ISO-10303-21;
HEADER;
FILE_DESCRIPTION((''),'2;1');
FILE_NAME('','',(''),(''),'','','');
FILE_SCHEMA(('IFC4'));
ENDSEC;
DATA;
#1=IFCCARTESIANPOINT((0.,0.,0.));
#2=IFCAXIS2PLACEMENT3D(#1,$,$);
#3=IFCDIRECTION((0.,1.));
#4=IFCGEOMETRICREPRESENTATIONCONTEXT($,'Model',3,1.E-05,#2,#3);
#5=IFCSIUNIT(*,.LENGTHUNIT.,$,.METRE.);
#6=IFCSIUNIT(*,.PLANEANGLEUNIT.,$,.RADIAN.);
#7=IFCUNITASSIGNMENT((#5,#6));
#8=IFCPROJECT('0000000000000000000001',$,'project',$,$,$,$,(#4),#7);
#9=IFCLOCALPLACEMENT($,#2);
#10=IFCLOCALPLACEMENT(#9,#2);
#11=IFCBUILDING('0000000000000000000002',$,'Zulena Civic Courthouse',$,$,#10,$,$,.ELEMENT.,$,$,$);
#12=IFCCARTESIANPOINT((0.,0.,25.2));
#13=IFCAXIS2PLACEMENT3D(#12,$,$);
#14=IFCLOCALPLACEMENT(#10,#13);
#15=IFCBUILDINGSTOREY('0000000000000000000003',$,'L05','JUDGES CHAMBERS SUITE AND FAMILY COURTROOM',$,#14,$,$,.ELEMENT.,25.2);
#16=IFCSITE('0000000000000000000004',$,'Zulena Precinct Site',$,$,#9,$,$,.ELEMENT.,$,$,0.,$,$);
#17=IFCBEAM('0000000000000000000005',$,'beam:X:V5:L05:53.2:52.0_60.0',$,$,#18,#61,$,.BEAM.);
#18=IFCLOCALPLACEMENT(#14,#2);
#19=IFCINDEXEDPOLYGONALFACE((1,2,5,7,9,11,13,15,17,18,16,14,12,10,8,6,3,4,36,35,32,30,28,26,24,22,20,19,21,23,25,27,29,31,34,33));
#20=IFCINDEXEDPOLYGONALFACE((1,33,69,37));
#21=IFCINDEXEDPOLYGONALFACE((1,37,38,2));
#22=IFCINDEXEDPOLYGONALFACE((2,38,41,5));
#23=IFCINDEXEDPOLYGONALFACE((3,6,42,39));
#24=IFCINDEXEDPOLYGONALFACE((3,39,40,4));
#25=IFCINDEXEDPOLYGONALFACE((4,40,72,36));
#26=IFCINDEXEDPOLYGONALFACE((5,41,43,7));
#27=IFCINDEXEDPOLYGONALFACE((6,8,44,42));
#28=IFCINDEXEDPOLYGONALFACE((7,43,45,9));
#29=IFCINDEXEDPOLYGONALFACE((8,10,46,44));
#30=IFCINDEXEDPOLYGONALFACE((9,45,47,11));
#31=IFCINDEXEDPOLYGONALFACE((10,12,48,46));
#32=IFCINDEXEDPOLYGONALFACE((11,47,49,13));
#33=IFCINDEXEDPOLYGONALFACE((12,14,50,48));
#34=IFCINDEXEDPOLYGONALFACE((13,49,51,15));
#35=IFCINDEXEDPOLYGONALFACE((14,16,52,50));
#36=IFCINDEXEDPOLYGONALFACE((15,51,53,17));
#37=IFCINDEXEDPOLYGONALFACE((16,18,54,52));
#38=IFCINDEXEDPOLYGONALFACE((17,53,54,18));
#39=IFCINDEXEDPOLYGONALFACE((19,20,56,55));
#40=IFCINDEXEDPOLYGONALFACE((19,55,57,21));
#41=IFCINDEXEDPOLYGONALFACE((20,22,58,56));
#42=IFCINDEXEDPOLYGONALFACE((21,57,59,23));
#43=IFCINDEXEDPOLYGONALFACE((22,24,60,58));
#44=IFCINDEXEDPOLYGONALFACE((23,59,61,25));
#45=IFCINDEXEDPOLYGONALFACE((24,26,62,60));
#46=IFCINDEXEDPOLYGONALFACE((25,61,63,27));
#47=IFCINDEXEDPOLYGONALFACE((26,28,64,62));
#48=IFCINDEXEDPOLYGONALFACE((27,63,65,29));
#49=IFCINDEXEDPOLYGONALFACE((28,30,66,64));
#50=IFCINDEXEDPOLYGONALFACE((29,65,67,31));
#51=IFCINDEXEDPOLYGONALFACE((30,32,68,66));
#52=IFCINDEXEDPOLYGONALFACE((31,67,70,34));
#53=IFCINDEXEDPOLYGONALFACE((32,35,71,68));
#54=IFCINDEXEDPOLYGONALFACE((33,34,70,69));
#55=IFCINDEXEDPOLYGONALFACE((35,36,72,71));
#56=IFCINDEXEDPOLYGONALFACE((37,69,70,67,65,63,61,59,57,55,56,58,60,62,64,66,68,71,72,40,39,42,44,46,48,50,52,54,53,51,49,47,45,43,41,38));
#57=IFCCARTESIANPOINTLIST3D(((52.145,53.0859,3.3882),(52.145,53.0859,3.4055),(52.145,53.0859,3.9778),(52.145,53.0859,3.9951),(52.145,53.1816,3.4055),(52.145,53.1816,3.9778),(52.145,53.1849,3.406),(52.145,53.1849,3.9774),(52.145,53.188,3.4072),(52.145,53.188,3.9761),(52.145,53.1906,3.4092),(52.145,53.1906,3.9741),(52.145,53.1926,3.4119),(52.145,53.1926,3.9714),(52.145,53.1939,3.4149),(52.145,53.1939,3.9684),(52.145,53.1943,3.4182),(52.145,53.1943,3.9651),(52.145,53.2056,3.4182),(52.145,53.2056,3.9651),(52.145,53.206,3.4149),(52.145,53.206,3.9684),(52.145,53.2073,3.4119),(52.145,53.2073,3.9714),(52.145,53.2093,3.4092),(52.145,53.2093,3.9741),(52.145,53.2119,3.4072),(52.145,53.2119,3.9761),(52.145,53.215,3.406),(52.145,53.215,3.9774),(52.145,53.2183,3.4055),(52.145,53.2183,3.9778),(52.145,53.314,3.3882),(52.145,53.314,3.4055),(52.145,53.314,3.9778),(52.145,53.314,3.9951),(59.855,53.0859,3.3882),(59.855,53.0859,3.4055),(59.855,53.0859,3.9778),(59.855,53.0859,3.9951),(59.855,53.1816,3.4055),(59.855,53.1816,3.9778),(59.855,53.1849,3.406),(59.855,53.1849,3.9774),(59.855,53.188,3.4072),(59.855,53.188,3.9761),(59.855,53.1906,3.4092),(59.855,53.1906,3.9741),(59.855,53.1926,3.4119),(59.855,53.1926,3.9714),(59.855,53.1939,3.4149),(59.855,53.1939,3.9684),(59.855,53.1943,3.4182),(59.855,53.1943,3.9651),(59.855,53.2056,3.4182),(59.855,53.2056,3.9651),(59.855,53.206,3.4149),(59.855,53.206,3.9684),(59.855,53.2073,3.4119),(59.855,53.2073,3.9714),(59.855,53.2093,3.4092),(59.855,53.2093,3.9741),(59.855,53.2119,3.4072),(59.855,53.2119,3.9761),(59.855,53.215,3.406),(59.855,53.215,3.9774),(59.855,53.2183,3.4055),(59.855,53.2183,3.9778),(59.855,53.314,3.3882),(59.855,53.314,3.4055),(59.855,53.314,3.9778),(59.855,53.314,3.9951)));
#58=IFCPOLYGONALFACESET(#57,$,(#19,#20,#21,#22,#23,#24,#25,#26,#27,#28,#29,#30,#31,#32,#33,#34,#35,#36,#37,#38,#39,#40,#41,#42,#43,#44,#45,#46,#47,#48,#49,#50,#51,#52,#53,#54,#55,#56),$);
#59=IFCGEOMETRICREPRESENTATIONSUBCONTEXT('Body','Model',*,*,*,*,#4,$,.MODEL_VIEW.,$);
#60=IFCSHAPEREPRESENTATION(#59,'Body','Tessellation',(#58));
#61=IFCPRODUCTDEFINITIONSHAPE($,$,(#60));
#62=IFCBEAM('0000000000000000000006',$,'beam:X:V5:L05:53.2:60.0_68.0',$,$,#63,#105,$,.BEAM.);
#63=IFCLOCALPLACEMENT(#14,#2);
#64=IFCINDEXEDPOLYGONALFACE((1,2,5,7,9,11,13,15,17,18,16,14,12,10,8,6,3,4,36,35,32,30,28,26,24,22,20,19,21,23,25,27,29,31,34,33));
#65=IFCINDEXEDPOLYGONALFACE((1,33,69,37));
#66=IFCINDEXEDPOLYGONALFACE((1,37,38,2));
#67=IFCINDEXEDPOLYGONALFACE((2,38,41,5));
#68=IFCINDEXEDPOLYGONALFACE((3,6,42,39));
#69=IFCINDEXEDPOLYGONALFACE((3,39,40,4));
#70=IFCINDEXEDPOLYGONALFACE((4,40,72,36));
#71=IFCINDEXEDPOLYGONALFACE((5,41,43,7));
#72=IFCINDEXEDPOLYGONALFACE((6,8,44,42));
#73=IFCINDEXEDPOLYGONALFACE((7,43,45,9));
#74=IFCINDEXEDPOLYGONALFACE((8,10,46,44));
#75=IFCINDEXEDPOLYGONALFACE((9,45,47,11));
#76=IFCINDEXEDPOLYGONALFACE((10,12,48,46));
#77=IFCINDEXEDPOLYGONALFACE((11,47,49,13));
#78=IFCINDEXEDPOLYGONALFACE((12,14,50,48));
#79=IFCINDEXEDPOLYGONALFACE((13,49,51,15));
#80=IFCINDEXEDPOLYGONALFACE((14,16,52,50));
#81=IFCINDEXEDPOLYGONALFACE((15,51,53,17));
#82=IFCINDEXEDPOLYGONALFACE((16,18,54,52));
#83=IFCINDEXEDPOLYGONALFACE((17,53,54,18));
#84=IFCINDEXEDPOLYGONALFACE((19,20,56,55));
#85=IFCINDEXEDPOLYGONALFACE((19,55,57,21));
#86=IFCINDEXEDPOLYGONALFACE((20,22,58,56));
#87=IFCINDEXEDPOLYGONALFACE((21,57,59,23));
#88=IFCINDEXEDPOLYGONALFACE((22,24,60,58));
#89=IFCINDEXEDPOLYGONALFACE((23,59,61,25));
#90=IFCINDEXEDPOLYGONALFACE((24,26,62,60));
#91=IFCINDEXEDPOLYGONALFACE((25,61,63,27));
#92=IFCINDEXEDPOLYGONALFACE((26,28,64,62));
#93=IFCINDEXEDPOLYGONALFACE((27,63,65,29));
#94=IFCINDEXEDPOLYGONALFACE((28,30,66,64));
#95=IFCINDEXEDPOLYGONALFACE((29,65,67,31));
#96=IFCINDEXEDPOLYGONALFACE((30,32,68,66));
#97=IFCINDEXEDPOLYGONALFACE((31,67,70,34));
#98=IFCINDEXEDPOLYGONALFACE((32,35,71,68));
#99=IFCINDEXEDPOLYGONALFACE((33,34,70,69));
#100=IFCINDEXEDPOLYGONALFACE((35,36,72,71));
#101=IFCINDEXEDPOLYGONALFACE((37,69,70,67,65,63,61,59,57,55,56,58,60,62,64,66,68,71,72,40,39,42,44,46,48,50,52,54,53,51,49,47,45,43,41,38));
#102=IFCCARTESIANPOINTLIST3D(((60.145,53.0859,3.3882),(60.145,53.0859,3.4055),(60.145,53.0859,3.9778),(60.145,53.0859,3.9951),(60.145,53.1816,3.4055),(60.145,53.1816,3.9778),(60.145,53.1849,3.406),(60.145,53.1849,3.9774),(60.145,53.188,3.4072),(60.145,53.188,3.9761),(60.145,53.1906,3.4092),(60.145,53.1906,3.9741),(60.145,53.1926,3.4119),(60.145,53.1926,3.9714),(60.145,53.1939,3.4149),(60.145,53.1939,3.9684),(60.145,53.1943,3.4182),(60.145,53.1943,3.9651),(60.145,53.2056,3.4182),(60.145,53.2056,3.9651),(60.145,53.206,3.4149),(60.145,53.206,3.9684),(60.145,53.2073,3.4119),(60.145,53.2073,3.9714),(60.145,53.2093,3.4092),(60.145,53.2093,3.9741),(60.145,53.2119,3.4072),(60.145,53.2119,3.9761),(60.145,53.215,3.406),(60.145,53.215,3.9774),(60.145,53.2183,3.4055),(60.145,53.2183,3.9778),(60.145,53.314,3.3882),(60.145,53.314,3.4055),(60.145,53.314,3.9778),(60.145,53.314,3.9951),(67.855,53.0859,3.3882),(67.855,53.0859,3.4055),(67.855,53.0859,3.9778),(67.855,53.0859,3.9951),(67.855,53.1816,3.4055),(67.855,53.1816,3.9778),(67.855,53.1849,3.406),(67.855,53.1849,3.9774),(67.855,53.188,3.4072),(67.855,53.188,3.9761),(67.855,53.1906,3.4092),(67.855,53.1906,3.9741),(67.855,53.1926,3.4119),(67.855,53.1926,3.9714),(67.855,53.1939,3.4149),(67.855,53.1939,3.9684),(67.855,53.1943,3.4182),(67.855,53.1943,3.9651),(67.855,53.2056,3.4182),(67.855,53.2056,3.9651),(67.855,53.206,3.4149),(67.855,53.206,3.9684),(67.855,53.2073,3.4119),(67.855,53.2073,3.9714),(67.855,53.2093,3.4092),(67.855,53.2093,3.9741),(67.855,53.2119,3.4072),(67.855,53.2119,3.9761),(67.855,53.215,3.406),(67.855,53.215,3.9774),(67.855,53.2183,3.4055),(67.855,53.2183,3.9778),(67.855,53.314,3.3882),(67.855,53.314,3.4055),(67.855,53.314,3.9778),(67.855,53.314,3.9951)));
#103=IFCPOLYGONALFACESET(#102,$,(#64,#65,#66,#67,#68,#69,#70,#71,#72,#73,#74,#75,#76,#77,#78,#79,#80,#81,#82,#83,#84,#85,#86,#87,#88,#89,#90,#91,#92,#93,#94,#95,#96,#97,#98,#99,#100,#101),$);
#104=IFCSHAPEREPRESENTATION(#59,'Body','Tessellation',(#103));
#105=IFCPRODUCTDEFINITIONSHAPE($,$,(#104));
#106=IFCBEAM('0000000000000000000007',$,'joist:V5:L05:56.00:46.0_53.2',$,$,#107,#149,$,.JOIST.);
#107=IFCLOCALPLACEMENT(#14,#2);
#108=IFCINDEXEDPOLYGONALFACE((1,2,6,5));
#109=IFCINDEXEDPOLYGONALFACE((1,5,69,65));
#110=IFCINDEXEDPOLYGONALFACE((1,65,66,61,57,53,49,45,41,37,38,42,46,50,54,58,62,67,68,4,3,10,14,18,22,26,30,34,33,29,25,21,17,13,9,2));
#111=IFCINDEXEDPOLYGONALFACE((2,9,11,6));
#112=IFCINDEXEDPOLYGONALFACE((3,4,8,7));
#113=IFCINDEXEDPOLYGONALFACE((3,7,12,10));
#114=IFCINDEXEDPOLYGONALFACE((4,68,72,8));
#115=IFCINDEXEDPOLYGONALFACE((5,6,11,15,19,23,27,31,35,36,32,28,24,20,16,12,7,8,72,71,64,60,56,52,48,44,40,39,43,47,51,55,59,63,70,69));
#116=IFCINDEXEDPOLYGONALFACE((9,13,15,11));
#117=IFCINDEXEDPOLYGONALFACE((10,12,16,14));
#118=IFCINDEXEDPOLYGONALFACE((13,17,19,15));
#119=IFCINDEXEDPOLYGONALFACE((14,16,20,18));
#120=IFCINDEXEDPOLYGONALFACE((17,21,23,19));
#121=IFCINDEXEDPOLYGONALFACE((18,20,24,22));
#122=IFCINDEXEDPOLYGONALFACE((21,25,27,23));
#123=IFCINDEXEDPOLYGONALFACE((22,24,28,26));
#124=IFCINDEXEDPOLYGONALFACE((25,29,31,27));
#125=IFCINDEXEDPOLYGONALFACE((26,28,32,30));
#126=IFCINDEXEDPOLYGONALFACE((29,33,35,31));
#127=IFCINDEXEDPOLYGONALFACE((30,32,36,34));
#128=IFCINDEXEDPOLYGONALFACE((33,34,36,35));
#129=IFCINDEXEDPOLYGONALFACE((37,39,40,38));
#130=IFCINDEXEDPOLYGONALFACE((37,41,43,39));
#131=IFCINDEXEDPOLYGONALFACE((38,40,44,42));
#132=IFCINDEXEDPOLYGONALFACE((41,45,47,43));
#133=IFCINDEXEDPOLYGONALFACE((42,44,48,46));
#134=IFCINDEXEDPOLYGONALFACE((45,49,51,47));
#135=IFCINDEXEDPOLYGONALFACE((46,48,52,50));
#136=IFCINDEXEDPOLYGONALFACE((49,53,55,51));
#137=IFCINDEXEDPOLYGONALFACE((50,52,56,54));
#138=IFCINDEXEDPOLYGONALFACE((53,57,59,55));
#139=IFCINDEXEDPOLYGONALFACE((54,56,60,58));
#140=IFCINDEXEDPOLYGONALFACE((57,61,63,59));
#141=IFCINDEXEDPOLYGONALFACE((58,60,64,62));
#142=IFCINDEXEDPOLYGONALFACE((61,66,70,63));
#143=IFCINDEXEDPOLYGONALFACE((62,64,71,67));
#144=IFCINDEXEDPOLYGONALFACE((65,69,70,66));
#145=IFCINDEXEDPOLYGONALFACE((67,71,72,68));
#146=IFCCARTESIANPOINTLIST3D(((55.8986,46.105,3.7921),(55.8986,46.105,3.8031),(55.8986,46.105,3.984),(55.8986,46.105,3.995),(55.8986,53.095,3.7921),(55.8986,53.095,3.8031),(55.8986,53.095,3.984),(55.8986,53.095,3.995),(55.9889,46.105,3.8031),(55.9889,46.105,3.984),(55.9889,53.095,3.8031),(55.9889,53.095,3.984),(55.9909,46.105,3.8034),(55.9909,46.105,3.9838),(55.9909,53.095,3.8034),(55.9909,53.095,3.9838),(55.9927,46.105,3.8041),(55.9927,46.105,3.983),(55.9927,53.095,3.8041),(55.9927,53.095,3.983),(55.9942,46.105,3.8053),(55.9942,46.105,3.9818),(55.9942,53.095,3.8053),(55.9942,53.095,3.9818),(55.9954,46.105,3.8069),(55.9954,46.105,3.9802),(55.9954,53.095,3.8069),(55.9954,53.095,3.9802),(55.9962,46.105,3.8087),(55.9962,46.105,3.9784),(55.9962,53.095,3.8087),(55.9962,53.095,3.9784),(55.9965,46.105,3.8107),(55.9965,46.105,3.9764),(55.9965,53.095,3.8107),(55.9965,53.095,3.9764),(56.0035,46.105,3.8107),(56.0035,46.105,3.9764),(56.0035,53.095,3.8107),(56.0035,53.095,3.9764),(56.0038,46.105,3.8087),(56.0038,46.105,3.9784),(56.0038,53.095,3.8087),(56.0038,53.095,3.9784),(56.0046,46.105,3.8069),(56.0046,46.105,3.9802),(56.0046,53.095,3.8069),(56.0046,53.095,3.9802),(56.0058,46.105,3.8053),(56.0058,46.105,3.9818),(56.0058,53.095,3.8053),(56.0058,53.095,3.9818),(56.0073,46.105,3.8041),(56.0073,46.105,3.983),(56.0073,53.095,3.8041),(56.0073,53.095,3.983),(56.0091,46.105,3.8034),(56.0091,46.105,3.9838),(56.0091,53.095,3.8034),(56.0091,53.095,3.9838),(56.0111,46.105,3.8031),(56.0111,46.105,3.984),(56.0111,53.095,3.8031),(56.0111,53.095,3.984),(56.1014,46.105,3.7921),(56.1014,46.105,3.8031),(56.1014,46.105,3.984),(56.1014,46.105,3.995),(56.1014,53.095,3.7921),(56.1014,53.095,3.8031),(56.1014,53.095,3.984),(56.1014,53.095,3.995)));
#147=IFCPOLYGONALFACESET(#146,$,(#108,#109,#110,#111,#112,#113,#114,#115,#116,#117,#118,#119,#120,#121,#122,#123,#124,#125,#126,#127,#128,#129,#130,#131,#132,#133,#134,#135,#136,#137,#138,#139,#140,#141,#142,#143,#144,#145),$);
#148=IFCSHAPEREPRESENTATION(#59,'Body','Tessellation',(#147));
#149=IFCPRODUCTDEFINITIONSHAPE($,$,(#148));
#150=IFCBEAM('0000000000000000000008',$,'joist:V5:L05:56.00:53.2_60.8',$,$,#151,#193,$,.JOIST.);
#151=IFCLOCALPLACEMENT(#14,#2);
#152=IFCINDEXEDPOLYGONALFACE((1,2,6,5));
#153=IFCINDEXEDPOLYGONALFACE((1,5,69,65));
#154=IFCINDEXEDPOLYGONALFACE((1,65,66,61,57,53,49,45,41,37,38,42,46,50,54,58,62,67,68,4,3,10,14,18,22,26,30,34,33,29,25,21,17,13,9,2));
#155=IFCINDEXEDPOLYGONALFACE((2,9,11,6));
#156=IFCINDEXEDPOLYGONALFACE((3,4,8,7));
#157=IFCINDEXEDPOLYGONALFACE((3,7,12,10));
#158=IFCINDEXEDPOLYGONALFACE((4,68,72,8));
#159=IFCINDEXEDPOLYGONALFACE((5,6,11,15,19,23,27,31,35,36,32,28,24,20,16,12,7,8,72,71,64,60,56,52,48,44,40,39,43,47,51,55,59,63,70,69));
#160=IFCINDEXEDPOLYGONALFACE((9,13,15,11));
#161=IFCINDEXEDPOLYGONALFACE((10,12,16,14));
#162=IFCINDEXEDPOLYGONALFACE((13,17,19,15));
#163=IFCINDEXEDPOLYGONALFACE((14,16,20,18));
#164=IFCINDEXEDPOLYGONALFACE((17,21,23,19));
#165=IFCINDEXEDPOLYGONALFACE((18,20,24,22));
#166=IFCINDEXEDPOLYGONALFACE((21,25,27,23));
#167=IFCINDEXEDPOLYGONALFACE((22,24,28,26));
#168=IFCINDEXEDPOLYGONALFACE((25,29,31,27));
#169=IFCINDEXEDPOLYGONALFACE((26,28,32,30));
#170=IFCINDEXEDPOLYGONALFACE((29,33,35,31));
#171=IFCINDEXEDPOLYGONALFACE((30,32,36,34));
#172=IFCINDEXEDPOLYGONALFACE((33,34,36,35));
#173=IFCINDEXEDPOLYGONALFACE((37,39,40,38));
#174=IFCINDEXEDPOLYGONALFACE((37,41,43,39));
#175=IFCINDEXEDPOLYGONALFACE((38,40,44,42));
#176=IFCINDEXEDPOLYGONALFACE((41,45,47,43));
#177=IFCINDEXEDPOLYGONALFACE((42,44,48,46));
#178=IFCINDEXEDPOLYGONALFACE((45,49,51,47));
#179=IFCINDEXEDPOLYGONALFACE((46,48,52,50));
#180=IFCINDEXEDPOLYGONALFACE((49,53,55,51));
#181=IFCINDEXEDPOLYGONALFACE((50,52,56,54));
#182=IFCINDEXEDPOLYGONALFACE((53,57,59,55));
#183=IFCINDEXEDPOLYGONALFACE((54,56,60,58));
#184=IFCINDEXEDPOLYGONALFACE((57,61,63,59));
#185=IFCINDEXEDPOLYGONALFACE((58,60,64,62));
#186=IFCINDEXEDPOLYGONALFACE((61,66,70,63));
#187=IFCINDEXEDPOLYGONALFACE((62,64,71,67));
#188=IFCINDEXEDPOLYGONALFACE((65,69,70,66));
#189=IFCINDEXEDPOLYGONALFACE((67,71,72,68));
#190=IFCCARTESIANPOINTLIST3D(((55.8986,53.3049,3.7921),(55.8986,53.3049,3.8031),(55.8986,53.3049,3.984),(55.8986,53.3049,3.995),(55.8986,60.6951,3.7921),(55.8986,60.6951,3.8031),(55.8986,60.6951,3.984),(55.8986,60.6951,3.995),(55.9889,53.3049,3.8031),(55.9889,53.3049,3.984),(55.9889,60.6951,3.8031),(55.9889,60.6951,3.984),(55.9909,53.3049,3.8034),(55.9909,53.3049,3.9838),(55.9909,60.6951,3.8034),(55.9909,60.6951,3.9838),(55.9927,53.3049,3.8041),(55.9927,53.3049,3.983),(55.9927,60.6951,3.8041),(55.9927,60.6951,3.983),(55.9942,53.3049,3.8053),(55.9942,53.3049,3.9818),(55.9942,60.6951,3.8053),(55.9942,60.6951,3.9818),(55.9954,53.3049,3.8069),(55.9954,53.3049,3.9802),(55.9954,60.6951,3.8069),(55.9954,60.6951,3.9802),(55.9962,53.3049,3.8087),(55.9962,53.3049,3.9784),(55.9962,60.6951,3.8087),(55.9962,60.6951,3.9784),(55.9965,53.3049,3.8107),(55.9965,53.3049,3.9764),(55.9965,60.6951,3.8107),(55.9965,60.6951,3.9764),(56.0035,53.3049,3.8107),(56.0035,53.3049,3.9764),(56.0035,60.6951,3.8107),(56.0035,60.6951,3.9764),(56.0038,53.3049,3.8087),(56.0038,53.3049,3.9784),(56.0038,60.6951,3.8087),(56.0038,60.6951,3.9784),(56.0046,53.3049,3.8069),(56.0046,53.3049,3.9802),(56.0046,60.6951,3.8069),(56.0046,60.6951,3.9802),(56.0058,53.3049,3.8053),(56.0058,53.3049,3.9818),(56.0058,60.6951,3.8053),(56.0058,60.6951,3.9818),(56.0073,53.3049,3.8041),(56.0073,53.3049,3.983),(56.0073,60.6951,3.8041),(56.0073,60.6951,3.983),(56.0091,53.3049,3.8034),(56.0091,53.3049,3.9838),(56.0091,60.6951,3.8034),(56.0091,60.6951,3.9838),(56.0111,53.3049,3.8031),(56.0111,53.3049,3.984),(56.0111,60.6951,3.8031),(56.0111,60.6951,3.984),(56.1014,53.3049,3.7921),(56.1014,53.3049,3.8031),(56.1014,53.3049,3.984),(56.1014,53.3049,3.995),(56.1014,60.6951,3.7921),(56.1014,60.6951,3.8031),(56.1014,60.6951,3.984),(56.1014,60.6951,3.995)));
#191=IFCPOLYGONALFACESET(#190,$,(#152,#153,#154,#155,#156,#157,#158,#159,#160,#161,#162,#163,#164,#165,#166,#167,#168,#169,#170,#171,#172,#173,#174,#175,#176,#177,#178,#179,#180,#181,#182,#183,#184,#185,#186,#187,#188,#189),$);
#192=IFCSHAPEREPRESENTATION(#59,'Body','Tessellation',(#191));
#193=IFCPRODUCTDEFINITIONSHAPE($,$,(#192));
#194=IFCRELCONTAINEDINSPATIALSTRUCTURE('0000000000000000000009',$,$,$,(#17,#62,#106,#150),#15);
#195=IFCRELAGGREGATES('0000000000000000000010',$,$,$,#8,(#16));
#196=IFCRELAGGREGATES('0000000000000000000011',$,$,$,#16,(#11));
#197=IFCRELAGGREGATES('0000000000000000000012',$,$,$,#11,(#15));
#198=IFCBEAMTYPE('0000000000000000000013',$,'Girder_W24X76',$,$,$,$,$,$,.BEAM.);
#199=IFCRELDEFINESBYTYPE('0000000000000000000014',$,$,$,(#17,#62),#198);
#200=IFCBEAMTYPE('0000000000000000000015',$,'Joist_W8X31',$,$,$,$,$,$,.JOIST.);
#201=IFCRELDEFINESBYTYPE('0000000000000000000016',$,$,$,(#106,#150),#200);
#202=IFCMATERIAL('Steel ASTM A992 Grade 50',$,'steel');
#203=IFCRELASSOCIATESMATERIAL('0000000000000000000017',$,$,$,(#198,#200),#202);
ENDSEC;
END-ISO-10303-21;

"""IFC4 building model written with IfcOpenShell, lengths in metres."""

from ifc_helpers import new_model, si_unit, direction, frame, origin, origin_2d, place, context, subcontext, project, spatial, i_section, extrude, material, material_profile, profile_set, type_object, element, save


model = new_model("IFC4")

# Units and contexts
model_context = context("Model", 3, precision=1e-05, world=origin(), true_north=direction((0.0, 1.0)))
body_context = subcontext(model_context, "Body", "Model", "MODEL_VIEW")
ifc_project = project(units=[si_unit("LENGTHUNIT", "METRE"), si_unit("PLANEANGLEUNIT", "RADIAN")], contexts=[model_context])

# Site, building, storey
site_placement = place(None, origin())
site = spatial("IfcSite", under=ifc_project, at=site_placement, Name="Zulena Precinct Site", CompositionType="ELEMENT", RefElevation=0.0)
building_placement = place(site_placement, origin())
building = spatial("IfcBuilding", under=site, at=building_placement, Name="Zulena Civic Courthouse", CompositionType="ELEMENT")
storey_placement = place(building_placement, frame((0.0, 0.0, 25.2)))
storey = spatial("IfcBuildingStorey", under=building, at=storey_placement, Name="L05", Description="JUDGES CHAMBERS SUITE AND FAMILY COURTROOM", CompositionType="ELEMENT", Elevation=25.2)

# Shared definitions
ifc_material_1 = material(Name="Steel ASTM A992 Grade 50", Category="steel")

# Beams
ifc_material_profile_1 = material_profile(ifc_material_1, i_section(OverallWidth=0.228, OverallDepth=0.6069, WebThickness=0.0112, FlangeThickness=0.0173, FilletRadius=0.0127, at=origin_2d()), Name="W24X76")
ifc_profile_set_1 = profile_set([ifc_material_profile_1], Name="Steel ASTM A992 Grade 50")
beam_type_1 = type_object("IfcBeamType", Name="Girder_W24X76", PredefinedType="BEAM", material=ifc_profile_set_1)
for number, where, z_axis, x_axis, name in (
    (1, (52.145, 53.2, 3.6917), (1.0, 0.0, 0.0), (0.0, 1.0, 0.0), "beam:X:V5:L05:53.2:52.0_60.0"),
    (2, (60.145, 53.2, 3.6917), (1.0, 0.0, 0.0), (0.0, 1.0, 0.0), "beam:X:V5:L05:53.2:60.0_68.0"),
):
    element("IfcBeam", number, at=place(storey_placement, frame(where, z_axis=z_axis, x_axis=x_axis)), inside=storey, type_object=beam_type_1, Name=name, PredefinedType="BEAM", context=body_context, shape_type="SweptSolid", body=[
        extrude(i_section(OverallWidth=0.228, OverallDepth=0.6069, WebThickness=0.0112, FlangeThickness=0.0173, FilletRadius=0.0127, at=origin_2d()), origin(), (0.0, 0.0, 1.0), 7.71),
    ])
ifc_material_profile_2 = material_profile(ifc_material_1, i_section(OverallWidth=0.2029, OverallDepth=0.2029, WebThickness=0.0071, FlangeThickness=0.011, FilletRadius=0.0076, at=origin_2d()), Name="W8X31")
ifc_profile_set_2 = profile_set([ifc_material_profile_2], Name="Steel ASTM A992 Grade 50")
beam_type_2 = type_object("IfcBeamType", Name="Joist_W8X31", PredefinedType="JOIST", material=ifc_profile_set_2)
beam_1_placement = place(storey_placement, frame((56.0, 46.105, 3.8936), z_axis=(0.0, 1.0, 0.0), x_axis=(-1.0, 0.0, 0.0)))
element("IfcBeam", 3, at=beam_1_placement, inside=storey, type_object=beam_type_2, Name="joist:V5:L05:56.00:46.0_53.2", PredefinedType="JOIST", context=body_context, shape_type="SweptSolid", body=[
    extrude(i_section(OverallWidth=0.2029, OverallDepth=0.2029, WebThickness=0.0071, FlangeThickness=0.011, FilletRadius=0.0076, at=origin_2d()), origin(), (0.0, 0.0, 1.0), 6.99),
])
beam_2_placement = place(storey_placement, frame((56.0, 53.3049, 3.8936), z_axis=(0.0, 1.0, 0.0), x_axis=(-1.0, 0.0, 0.0)))
element("IfcBeam", 4, at=beam_2_placement, inside=storey, type_object=beam_type_2, Name="joist:V5:L05:56.00:53.2_60.8", PredefinedType="JOIST", context=body_context, shape_type="SweptSolid", body=[
    extrude(i_section(OverallWidth=0.2029, OverallDepth=0.2029, WebThickness=0.0071, FlangeThickness=0.011, FilletRadius=0.0076, at=origin_2d()), origin(), (0.0, 0.0, 1.0), 7.3901),
])

save(model, "model.ifc")
